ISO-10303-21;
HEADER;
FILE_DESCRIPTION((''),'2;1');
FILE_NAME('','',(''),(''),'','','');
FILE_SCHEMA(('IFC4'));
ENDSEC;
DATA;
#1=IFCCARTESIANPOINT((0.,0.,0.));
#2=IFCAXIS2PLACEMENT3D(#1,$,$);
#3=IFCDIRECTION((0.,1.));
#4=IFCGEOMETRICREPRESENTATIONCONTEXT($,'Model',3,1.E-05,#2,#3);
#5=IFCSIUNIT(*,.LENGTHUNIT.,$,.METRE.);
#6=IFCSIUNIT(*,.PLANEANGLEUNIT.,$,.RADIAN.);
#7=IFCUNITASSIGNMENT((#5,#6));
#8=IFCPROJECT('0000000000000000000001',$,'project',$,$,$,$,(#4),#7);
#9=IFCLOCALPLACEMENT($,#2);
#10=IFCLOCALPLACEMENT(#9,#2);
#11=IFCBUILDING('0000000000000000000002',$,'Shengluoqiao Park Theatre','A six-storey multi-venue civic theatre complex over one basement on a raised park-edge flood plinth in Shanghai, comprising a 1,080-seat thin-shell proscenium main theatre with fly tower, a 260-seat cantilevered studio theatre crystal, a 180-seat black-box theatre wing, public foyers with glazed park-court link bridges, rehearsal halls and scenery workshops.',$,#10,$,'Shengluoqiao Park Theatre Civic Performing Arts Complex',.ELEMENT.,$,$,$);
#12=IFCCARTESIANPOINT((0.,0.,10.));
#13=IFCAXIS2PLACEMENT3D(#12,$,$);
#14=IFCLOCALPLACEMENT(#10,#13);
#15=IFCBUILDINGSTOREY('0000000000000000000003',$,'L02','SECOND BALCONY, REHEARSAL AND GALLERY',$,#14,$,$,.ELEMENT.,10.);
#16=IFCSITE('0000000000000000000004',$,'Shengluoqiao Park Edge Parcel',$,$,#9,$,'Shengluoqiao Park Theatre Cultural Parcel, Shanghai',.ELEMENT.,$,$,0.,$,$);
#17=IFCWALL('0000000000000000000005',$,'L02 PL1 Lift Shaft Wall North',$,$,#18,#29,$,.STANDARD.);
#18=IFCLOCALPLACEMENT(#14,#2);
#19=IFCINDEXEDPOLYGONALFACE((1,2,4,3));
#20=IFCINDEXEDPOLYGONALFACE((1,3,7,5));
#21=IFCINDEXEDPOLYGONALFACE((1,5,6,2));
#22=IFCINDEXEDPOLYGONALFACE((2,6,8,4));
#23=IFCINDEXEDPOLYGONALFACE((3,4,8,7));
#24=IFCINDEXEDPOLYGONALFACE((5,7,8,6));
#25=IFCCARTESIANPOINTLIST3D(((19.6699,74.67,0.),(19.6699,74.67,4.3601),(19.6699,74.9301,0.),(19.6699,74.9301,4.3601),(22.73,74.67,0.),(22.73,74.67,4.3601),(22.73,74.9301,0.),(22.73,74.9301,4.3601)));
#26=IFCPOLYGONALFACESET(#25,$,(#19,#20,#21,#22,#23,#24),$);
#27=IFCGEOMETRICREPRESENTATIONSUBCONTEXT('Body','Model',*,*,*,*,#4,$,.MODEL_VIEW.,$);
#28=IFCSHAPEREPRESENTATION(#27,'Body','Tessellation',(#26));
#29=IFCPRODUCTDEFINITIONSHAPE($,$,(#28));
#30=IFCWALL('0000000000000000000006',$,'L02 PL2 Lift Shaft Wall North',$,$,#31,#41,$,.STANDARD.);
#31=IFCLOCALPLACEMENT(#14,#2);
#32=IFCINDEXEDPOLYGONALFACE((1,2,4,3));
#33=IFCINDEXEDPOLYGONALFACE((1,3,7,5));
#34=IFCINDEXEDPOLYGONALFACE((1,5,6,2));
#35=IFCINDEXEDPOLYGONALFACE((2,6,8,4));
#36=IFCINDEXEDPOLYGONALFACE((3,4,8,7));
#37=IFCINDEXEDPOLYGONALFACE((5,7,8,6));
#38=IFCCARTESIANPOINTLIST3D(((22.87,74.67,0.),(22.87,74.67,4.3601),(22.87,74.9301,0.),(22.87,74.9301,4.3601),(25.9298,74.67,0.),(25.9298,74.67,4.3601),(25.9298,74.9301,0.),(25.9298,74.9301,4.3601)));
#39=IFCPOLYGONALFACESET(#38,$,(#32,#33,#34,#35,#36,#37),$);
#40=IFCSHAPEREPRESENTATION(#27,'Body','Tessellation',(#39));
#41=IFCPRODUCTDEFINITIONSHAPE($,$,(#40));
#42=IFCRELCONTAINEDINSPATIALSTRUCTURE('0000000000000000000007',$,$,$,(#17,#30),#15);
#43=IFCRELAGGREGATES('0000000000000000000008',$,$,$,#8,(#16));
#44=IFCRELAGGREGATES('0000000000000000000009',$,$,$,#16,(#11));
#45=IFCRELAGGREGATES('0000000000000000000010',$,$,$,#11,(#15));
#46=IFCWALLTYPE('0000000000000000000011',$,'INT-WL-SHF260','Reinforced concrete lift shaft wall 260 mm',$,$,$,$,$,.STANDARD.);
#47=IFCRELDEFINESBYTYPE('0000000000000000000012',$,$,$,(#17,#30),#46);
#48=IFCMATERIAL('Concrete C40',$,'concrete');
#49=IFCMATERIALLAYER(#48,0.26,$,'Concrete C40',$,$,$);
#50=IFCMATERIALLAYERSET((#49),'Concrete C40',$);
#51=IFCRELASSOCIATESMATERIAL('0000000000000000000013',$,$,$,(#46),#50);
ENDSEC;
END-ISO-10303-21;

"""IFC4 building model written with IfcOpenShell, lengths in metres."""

from ifc_helpers import new_model, si_unit, direction, frame, frame_2d, origin, place, context, subcontext, project, spatial, rectangle, extrude, material, layer, layer_set, type_object, element, save


model = new_model("IFC4")

# Units and contexts
model_context = context("Model", 3, precision=1e-05, world=origin(), true_north=direction((0.0, 1.0)))
body_context = subcontext(model_context, "Body", "Model", "MODEL_VIEW")
ifc_project = project(units=[si_unit("LENGTHUNIT", "METRE"), si_unit("PLANEANGLEUNIT", "RADIAN")], contexts=[model_context])

# Site, building, storey
site_placement = place(None, origin())
site = spatial("IfcSite", under=ifc_project, at=site_placement, Name="Shengluoqiao Park Edge Parcel", LongName="Shengluoqiao Park Theatre Cultural Parcel, Shanghai", CompositionType="ELEMENT", RefElevation=0.0)
building_placement = place(site_placement, origin())
building = spatial("IfcBuilding", under=site, at=building_placement, Name="Shengluoqiao Park Theatre", Description="A six-storey multi-venue civic theatre complex over one basement on a raised park-edge flood plinth in Shanghai, comprising a 1,080-seat thin-shell proscenium main theatre with fly tower, a 260-seat cantilevered studio theatre crystal, a 180-seat black-box theatre wing, public foyers with glazed park-court link bridges, rehearsal halls and scenery workshops.", LongName="Shengluoqiao Park Theatre Civic Performing Arts Complex", CompositionType="ELEMENT")
storey_placement = place(building_placement, frame((0.0, 0.0, 10.0)))
storey = spatial("IfcBuildingStorey", under=building, at=storey_placement, Name="L02", Description="SECOND BALCONY, REHEARSAL AND GALLERY", CompositionType="ELEMENT", Elevation=10.0)

# Walls
ifc_material_1 = material(Name="Concrete C40", Category="concrete")
ifc_layer_1 = layer(ifc_material_1, 0.26, Name="Concrete C40")
ifc_layer_set_1 = layer_set([ifc_layer_1], Name="Concrete C40")
wall_type_1 = type_object("IfcWallType", Name="INT-WL-SHF260", Description="Reinforced concrete lift shaft wall 260 mm", PredefinedType="STANDARD", material=ifc_layer_set_1)
wall_1_placement = place(storey_placement, frame((19.6699, 74.8, 0.0), z_axis=(0.0, 0.0, 1.0), x_axis=(1.0, 0.0, 0.0)))
element("IfcWall", 1, at=wall_1_placement, inside=storey, type_object=wall_type_1, Name="L02 PL1 Lift Shaft Wall North", PredefinedType="STANDARD", context=body_context, shape_type="SweptSolid", body=[
    extrude(rectangle(XDim=3.0601, YDim=0.26, at=frame_2d((1.53, 0.0))), origin(), (0.0, 0.0, 1.0), 4.3601),
])
wall_2_placement = place(storey_placement, frame((22.8701, 74.8, 0.0), z_axis=(0.0, 0.0, 1.0), x_axis=(1.0, 0.0, 0.0)))
element("IfcWall", 2, at=wall_2_placement, inside=storey, type_object=wall_type_1, Name="L02 PL2 Lift Shaft Wall North", PredefinedType="STANDARD", context=body_context, shape_type="SweptSolid", body=[
    extrude(rectangle(XDim=3.0598, YDim=0.26, at=frame_2d((1.5298, 0.0))), origin(), (0.0, 0.0, 1.0), 4.3601),
])

save(model, "model.ifc")
